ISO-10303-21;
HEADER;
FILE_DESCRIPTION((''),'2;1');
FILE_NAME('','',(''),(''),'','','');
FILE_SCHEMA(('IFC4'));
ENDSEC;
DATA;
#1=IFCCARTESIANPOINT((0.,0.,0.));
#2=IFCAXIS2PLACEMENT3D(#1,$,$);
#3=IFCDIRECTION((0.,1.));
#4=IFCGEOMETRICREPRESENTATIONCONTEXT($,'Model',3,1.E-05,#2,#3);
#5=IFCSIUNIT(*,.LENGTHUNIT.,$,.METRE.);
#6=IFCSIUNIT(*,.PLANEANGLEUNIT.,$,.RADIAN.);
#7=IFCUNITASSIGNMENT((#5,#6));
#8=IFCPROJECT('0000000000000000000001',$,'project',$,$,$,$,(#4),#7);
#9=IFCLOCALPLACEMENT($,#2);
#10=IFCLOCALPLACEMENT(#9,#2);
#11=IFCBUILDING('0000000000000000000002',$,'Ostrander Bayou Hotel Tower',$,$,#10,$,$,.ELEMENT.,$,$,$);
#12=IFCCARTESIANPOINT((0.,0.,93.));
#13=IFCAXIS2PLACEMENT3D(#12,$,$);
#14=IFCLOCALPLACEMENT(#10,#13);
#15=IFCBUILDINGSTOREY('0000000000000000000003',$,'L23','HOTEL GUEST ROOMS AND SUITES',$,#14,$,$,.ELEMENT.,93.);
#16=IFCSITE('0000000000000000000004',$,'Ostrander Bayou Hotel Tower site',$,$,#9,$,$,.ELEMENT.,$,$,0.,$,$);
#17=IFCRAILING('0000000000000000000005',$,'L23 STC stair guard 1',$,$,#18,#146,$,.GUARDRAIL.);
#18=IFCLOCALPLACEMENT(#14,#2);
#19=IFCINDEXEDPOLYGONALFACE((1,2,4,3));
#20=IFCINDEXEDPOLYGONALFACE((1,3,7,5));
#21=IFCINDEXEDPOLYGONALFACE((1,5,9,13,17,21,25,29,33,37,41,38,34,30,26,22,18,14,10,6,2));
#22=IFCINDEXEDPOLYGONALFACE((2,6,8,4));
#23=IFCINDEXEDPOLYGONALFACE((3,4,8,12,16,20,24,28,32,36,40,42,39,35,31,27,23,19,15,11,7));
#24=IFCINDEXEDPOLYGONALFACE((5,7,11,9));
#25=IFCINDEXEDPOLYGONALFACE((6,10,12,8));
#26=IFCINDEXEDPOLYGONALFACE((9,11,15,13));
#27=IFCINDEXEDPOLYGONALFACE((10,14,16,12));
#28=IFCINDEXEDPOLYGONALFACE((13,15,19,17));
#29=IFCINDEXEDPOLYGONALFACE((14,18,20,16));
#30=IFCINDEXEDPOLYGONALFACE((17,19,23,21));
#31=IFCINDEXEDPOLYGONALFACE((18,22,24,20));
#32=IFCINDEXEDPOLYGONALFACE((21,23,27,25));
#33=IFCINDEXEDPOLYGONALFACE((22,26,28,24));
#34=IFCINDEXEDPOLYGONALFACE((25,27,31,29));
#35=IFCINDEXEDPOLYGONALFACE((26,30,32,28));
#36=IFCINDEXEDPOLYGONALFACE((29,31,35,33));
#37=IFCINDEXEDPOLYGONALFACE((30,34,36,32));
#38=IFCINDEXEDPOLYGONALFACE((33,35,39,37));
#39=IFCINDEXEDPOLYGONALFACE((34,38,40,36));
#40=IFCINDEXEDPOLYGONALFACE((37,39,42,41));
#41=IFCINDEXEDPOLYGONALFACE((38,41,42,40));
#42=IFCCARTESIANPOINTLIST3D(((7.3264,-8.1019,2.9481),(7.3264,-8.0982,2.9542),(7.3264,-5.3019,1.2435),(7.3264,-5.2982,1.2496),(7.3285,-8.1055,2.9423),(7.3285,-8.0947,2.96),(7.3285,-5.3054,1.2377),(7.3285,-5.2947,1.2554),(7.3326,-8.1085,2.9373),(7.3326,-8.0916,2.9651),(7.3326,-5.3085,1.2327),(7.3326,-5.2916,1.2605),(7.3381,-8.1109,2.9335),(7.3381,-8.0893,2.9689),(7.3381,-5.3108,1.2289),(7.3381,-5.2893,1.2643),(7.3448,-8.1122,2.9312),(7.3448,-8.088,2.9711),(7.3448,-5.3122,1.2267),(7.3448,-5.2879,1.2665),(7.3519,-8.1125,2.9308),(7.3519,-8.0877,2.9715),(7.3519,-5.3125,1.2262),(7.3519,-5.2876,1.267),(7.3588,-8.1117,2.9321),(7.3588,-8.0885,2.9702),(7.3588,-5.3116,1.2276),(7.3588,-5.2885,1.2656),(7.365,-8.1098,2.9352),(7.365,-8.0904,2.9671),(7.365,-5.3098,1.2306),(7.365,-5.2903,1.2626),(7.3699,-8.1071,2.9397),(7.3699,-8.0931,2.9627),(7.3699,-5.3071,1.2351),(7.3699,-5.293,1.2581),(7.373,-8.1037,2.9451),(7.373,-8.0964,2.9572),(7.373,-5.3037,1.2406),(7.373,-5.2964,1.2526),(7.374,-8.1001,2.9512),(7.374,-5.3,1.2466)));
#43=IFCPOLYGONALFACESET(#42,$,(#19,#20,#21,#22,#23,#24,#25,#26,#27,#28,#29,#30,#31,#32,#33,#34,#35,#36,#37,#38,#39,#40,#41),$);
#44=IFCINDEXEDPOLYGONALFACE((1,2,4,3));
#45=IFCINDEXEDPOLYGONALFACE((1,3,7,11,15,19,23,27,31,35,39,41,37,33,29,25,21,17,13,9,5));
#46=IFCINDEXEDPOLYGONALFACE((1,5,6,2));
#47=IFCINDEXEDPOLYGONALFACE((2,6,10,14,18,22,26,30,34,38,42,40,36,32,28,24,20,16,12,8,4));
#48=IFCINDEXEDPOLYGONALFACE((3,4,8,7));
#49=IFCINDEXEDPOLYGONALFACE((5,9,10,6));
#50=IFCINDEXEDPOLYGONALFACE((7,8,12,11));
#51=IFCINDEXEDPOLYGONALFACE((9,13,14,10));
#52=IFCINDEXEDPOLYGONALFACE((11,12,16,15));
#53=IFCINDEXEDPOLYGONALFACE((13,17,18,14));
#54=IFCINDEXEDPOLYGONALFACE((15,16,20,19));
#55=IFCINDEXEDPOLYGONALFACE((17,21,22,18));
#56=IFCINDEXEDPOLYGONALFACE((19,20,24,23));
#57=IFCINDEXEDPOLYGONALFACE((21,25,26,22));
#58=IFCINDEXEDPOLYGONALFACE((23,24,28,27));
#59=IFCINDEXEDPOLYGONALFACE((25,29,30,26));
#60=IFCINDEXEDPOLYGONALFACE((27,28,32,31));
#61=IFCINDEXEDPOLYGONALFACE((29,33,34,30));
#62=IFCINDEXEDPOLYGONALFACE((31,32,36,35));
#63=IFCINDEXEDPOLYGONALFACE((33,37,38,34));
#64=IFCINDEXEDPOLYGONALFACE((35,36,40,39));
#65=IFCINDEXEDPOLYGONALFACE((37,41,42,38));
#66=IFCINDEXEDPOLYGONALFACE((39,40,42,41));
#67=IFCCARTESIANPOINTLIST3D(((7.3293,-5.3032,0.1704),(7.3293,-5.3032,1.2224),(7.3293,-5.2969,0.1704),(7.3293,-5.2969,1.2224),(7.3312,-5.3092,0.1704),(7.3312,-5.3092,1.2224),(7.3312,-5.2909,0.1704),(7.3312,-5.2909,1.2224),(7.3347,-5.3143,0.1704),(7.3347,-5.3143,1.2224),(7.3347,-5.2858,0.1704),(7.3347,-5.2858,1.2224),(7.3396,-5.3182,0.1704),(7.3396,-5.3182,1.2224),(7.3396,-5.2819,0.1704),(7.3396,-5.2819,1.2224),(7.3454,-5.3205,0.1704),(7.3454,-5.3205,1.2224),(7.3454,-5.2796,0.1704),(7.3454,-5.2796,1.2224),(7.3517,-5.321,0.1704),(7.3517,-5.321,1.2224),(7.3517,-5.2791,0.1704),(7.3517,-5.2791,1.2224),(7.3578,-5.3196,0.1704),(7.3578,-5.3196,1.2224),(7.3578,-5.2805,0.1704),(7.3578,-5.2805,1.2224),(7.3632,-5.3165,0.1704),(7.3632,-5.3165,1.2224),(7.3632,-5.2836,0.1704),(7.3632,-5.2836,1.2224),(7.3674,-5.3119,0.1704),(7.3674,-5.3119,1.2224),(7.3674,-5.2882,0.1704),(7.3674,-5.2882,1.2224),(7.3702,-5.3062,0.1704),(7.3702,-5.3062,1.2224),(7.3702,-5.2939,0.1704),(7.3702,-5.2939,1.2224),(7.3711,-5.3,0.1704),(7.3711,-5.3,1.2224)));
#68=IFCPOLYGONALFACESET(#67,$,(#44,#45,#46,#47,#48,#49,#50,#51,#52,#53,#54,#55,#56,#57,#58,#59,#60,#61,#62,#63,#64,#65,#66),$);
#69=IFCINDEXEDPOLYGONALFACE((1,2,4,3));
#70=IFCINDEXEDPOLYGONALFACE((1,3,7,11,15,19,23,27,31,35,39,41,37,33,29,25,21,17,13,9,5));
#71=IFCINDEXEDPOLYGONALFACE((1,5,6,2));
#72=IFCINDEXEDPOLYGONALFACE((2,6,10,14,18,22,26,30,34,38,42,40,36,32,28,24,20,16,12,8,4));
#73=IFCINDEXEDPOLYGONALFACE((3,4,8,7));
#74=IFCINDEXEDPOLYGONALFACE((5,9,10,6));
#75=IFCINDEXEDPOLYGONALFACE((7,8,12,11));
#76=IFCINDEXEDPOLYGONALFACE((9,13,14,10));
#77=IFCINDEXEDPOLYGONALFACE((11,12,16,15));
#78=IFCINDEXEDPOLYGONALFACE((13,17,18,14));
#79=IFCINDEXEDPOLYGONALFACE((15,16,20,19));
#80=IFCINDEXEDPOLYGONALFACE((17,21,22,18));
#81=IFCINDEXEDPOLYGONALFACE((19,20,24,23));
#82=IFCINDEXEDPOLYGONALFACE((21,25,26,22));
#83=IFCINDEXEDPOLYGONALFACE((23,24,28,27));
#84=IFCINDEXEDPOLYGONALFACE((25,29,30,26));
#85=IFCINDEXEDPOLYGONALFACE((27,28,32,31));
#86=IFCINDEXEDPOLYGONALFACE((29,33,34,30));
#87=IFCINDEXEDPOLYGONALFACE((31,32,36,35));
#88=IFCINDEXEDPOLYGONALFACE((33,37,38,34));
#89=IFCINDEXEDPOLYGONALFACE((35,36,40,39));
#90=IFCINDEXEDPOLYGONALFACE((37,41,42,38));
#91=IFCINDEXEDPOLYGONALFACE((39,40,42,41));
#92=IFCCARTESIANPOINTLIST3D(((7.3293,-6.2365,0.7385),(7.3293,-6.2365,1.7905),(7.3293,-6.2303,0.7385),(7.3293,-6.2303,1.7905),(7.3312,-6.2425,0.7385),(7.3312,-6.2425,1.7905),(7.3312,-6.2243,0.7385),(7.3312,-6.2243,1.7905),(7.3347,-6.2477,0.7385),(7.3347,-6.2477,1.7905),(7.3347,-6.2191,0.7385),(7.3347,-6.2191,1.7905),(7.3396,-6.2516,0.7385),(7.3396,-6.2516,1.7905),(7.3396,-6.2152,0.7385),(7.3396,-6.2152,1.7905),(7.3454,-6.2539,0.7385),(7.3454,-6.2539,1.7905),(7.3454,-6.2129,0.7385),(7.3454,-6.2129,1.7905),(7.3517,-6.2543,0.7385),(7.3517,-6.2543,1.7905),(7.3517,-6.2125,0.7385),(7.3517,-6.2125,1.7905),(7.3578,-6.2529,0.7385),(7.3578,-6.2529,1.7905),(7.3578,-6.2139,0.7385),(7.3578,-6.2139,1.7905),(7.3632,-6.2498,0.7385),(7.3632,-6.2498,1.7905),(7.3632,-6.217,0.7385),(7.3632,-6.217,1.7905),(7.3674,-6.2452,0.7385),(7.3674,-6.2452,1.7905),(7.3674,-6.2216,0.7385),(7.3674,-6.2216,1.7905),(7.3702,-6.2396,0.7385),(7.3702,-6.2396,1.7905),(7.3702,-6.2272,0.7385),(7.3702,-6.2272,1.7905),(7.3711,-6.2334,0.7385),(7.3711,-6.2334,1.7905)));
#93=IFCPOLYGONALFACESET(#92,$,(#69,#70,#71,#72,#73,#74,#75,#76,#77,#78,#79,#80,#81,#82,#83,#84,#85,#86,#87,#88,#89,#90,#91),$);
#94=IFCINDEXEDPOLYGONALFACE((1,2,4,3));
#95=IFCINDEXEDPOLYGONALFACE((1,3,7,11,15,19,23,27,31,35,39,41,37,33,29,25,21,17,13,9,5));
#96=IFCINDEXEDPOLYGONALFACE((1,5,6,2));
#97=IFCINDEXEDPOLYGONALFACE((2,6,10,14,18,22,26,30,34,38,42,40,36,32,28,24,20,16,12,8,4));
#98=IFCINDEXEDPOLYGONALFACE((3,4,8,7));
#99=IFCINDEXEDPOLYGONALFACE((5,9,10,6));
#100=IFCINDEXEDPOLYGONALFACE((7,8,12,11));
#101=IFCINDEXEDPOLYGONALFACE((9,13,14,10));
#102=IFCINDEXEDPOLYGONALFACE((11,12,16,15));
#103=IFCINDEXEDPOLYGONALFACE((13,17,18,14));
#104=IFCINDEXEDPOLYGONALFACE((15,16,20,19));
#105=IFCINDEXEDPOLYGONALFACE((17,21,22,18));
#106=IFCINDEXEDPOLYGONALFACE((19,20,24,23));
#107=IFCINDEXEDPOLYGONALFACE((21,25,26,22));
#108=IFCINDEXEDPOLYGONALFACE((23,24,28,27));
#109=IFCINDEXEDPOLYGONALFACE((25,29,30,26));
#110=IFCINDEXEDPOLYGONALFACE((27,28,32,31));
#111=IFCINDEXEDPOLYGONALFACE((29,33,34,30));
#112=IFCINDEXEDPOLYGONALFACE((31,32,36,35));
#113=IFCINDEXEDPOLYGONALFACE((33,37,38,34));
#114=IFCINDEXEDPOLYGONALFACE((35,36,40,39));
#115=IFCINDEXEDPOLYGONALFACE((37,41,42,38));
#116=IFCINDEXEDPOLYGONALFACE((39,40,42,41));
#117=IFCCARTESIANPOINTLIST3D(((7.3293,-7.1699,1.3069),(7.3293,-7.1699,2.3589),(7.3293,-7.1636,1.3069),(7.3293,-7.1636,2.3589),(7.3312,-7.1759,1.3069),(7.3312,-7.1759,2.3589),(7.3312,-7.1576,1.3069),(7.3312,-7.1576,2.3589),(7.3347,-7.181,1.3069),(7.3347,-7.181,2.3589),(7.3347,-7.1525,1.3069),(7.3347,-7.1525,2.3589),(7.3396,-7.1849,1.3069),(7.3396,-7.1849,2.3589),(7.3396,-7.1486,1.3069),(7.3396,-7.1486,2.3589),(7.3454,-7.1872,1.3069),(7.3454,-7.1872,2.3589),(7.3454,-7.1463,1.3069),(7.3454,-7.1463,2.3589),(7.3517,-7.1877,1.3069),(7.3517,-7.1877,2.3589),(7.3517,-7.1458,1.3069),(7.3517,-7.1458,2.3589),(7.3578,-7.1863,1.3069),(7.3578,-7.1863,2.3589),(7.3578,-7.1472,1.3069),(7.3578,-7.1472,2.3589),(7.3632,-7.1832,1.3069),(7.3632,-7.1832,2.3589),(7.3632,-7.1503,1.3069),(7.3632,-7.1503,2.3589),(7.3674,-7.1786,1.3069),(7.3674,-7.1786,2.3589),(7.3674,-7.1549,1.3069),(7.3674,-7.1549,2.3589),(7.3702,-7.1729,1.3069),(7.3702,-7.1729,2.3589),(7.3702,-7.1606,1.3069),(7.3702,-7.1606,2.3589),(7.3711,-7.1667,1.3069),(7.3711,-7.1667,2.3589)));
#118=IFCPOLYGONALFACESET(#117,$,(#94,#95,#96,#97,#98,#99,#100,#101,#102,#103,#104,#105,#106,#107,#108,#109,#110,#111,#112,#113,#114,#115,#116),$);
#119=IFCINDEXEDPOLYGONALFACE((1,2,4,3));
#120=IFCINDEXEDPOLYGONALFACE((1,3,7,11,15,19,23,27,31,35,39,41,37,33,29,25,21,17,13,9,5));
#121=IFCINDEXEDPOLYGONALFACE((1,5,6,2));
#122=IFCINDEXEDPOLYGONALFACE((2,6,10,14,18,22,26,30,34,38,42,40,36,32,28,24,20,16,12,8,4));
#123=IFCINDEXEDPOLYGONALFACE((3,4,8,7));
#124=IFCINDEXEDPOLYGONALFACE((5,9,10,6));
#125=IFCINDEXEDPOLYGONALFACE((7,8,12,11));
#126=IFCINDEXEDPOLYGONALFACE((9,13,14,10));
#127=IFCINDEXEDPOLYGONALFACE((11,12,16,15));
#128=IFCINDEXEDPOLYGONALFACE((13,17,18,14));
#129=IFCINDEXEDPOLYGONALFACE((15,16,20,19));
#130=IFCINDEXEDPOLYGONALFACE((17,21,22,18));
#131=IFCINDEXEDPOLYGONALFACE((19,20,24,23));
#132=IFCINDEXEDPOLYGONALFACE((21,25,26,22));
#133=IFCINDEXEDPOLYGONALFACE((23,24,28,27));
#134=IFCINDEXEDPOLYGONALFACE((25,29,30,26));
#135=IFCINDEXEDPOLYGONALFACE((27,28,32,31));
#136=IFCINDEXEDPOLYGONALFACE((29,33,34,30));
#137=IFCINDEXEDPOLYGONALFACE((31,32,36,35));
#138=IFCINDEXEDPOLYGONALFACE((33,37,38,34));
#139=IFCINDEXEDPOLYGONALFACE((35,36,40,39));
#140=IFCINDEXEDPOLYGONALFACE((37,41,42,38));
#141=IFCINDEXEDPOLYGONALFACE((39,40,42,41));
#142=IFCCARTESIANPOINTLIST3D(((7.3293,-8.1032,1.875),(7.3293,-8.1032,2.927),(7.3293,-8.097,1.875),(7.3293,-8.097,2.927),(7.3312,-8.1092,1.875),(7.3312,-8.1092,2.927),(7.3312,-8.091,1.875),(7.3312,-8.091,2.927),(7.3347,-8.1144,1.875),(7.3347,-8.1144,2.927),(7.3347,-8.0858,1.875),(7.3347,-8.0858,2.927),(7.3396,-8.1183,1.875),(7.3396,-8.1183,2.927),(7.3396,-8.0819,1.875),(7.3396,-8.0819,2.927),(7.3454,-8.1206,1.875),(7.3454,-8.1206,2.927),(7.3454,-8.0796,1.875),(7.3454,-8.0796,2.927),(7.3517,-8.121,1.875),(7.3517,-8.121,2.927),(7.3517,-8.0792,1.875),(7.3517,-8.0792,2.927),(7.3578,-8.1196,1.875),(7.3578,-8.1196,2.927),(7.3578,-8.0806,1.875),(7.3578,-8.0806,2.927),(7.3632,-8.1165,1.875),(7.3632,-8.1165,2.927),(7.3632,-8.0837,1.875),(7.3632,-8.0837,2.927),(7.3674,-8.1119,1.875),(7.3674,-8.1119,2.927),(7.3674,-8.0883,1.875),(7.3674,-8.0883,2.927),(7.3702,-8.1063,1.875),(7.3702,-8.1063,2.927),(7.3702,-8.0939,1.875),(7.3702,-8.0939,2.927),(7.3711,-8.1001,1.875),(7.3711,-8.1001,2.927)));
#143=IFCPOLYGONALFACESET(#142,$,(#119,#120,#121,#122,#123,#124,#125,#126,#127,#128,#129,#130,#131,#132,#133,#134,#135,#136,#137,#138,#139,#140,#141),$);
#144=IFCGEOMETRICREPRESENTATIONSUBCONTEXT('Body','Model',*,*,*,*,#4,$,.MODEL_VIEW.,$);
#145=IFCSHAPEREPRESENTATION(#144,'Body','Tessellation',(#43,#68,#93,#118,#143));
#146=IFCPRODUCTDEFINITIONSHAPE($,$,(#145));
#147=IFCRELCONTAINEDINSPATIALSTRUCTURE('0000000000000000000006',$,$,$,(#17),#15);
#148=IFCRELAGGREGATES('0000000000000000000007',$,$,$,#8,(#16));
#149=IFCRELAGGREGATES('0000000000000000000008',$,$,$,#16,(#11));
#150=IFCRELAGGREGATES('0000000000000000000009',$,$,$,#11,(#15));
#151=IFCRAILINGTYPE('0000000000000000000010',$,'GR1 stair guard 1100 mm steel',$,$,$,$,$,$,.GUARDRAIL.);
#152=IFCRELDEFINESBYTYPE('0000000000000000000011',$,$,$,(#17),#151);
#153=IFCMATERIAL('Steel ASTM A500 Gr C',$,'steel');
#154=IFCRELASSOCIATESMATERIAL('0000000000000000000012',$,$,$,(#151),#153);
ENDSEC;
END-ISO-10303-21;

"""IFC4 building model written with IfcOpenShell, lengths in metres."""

from ifc_helpers import new_model, si_unit, direction, frame, origin, origin_2d, place, context, subcontext, project, spatial, circle, extrude, material, type_object, element, save


model = new_model("IFC4")

# Units and contexts
model_context = context("Model", 3, precision=1e-05, world=origin(), true_north=direction((0.0, 1.0)))
body_context = subcontext(model_context, "Body", "Model", "MODEL_VIEW")
ifc_project = project(units=[si_unit("LENGTHUNIT", "METRE"), si_unit("PLANEANGLEUNIT", "RADIAN")], contexts=[model_context])

# Site, building, storey
site_placement = place(None, origin())
site = spatial("IfcSite", under=ifc_project, at=site_placement, Name="Ostrander Bayou Hotel Tower site", CompositionType="ELEMENT", RefElevation=0.0)
building_placement = place(site_placement, origin())
building = spatial("IfcBuilding", under=site, at=building_placement, Name="Ostrander Bayou Hotel Tower", CompositionType="ELEMENT")
storey_placement = place(building_placement, frame((0.0, 0.0, 93.0)))
storey = spatial("IfcBuildingStorey", under=building, at=storey_placement, Name="L23", Description="HOTEL GUEST ROOMS AND SUITES", CompositionType="ELEMENT", Elevation=93.0)

# Railing
ifc_material_1 = material(Name="Steel ASTM A500 Gr C", Category="steel")
railing_type_1 = type_object("IfcRailingType", Name="GR1 stair guard 1100 mm steel", PredefinedType="GUARDRAIL", material=ifc_material_1)
railing_1_placement = place(storey_placement, frame((7.3501, -5.3, 0.1704)))
element("IfcRailing", 1, at=railing_1_placement, inside=storey, type_object=railing_type_1, Name="L23 STC stair guard 1", PredefinedType="GUARDRAIL", context=body_context, shape_type="SweptSolid", body=[
    extrude(circle(Radius=0.0239, at=origin_2d()), frame((0.0, 0.0, 1.0762), z_axis=(0.0, -0.85417, 0.519994), x_axis=(1.0, 0.0, 0.0)), (0.0, 0.0, 1.0), 3.2781),
    extrude(circle(Radius=0.021, at=origin_2d()), origin(), (0.0, 0.0, 1.0), 1.052),
    extrude(circle(Radius=0.021, at=origin_2d()), frame((0.0, -0.9333, 0.5681)), (0.0, 0.0, 1.0), 1.052),
    extrude(circle(Radius=0.021, at=origin_2d()), frame((0.0, -1.8667, 1.1365)), (0.0, 0.0, 1.0), 1.052),
    extrude(circle(Radius=0.021, at=origin_2d()), frame((0.0, -2.8, 1.7046)), (0.0, 0.0, 1.0), 1.052),
])

save(model, "model.ifc")
